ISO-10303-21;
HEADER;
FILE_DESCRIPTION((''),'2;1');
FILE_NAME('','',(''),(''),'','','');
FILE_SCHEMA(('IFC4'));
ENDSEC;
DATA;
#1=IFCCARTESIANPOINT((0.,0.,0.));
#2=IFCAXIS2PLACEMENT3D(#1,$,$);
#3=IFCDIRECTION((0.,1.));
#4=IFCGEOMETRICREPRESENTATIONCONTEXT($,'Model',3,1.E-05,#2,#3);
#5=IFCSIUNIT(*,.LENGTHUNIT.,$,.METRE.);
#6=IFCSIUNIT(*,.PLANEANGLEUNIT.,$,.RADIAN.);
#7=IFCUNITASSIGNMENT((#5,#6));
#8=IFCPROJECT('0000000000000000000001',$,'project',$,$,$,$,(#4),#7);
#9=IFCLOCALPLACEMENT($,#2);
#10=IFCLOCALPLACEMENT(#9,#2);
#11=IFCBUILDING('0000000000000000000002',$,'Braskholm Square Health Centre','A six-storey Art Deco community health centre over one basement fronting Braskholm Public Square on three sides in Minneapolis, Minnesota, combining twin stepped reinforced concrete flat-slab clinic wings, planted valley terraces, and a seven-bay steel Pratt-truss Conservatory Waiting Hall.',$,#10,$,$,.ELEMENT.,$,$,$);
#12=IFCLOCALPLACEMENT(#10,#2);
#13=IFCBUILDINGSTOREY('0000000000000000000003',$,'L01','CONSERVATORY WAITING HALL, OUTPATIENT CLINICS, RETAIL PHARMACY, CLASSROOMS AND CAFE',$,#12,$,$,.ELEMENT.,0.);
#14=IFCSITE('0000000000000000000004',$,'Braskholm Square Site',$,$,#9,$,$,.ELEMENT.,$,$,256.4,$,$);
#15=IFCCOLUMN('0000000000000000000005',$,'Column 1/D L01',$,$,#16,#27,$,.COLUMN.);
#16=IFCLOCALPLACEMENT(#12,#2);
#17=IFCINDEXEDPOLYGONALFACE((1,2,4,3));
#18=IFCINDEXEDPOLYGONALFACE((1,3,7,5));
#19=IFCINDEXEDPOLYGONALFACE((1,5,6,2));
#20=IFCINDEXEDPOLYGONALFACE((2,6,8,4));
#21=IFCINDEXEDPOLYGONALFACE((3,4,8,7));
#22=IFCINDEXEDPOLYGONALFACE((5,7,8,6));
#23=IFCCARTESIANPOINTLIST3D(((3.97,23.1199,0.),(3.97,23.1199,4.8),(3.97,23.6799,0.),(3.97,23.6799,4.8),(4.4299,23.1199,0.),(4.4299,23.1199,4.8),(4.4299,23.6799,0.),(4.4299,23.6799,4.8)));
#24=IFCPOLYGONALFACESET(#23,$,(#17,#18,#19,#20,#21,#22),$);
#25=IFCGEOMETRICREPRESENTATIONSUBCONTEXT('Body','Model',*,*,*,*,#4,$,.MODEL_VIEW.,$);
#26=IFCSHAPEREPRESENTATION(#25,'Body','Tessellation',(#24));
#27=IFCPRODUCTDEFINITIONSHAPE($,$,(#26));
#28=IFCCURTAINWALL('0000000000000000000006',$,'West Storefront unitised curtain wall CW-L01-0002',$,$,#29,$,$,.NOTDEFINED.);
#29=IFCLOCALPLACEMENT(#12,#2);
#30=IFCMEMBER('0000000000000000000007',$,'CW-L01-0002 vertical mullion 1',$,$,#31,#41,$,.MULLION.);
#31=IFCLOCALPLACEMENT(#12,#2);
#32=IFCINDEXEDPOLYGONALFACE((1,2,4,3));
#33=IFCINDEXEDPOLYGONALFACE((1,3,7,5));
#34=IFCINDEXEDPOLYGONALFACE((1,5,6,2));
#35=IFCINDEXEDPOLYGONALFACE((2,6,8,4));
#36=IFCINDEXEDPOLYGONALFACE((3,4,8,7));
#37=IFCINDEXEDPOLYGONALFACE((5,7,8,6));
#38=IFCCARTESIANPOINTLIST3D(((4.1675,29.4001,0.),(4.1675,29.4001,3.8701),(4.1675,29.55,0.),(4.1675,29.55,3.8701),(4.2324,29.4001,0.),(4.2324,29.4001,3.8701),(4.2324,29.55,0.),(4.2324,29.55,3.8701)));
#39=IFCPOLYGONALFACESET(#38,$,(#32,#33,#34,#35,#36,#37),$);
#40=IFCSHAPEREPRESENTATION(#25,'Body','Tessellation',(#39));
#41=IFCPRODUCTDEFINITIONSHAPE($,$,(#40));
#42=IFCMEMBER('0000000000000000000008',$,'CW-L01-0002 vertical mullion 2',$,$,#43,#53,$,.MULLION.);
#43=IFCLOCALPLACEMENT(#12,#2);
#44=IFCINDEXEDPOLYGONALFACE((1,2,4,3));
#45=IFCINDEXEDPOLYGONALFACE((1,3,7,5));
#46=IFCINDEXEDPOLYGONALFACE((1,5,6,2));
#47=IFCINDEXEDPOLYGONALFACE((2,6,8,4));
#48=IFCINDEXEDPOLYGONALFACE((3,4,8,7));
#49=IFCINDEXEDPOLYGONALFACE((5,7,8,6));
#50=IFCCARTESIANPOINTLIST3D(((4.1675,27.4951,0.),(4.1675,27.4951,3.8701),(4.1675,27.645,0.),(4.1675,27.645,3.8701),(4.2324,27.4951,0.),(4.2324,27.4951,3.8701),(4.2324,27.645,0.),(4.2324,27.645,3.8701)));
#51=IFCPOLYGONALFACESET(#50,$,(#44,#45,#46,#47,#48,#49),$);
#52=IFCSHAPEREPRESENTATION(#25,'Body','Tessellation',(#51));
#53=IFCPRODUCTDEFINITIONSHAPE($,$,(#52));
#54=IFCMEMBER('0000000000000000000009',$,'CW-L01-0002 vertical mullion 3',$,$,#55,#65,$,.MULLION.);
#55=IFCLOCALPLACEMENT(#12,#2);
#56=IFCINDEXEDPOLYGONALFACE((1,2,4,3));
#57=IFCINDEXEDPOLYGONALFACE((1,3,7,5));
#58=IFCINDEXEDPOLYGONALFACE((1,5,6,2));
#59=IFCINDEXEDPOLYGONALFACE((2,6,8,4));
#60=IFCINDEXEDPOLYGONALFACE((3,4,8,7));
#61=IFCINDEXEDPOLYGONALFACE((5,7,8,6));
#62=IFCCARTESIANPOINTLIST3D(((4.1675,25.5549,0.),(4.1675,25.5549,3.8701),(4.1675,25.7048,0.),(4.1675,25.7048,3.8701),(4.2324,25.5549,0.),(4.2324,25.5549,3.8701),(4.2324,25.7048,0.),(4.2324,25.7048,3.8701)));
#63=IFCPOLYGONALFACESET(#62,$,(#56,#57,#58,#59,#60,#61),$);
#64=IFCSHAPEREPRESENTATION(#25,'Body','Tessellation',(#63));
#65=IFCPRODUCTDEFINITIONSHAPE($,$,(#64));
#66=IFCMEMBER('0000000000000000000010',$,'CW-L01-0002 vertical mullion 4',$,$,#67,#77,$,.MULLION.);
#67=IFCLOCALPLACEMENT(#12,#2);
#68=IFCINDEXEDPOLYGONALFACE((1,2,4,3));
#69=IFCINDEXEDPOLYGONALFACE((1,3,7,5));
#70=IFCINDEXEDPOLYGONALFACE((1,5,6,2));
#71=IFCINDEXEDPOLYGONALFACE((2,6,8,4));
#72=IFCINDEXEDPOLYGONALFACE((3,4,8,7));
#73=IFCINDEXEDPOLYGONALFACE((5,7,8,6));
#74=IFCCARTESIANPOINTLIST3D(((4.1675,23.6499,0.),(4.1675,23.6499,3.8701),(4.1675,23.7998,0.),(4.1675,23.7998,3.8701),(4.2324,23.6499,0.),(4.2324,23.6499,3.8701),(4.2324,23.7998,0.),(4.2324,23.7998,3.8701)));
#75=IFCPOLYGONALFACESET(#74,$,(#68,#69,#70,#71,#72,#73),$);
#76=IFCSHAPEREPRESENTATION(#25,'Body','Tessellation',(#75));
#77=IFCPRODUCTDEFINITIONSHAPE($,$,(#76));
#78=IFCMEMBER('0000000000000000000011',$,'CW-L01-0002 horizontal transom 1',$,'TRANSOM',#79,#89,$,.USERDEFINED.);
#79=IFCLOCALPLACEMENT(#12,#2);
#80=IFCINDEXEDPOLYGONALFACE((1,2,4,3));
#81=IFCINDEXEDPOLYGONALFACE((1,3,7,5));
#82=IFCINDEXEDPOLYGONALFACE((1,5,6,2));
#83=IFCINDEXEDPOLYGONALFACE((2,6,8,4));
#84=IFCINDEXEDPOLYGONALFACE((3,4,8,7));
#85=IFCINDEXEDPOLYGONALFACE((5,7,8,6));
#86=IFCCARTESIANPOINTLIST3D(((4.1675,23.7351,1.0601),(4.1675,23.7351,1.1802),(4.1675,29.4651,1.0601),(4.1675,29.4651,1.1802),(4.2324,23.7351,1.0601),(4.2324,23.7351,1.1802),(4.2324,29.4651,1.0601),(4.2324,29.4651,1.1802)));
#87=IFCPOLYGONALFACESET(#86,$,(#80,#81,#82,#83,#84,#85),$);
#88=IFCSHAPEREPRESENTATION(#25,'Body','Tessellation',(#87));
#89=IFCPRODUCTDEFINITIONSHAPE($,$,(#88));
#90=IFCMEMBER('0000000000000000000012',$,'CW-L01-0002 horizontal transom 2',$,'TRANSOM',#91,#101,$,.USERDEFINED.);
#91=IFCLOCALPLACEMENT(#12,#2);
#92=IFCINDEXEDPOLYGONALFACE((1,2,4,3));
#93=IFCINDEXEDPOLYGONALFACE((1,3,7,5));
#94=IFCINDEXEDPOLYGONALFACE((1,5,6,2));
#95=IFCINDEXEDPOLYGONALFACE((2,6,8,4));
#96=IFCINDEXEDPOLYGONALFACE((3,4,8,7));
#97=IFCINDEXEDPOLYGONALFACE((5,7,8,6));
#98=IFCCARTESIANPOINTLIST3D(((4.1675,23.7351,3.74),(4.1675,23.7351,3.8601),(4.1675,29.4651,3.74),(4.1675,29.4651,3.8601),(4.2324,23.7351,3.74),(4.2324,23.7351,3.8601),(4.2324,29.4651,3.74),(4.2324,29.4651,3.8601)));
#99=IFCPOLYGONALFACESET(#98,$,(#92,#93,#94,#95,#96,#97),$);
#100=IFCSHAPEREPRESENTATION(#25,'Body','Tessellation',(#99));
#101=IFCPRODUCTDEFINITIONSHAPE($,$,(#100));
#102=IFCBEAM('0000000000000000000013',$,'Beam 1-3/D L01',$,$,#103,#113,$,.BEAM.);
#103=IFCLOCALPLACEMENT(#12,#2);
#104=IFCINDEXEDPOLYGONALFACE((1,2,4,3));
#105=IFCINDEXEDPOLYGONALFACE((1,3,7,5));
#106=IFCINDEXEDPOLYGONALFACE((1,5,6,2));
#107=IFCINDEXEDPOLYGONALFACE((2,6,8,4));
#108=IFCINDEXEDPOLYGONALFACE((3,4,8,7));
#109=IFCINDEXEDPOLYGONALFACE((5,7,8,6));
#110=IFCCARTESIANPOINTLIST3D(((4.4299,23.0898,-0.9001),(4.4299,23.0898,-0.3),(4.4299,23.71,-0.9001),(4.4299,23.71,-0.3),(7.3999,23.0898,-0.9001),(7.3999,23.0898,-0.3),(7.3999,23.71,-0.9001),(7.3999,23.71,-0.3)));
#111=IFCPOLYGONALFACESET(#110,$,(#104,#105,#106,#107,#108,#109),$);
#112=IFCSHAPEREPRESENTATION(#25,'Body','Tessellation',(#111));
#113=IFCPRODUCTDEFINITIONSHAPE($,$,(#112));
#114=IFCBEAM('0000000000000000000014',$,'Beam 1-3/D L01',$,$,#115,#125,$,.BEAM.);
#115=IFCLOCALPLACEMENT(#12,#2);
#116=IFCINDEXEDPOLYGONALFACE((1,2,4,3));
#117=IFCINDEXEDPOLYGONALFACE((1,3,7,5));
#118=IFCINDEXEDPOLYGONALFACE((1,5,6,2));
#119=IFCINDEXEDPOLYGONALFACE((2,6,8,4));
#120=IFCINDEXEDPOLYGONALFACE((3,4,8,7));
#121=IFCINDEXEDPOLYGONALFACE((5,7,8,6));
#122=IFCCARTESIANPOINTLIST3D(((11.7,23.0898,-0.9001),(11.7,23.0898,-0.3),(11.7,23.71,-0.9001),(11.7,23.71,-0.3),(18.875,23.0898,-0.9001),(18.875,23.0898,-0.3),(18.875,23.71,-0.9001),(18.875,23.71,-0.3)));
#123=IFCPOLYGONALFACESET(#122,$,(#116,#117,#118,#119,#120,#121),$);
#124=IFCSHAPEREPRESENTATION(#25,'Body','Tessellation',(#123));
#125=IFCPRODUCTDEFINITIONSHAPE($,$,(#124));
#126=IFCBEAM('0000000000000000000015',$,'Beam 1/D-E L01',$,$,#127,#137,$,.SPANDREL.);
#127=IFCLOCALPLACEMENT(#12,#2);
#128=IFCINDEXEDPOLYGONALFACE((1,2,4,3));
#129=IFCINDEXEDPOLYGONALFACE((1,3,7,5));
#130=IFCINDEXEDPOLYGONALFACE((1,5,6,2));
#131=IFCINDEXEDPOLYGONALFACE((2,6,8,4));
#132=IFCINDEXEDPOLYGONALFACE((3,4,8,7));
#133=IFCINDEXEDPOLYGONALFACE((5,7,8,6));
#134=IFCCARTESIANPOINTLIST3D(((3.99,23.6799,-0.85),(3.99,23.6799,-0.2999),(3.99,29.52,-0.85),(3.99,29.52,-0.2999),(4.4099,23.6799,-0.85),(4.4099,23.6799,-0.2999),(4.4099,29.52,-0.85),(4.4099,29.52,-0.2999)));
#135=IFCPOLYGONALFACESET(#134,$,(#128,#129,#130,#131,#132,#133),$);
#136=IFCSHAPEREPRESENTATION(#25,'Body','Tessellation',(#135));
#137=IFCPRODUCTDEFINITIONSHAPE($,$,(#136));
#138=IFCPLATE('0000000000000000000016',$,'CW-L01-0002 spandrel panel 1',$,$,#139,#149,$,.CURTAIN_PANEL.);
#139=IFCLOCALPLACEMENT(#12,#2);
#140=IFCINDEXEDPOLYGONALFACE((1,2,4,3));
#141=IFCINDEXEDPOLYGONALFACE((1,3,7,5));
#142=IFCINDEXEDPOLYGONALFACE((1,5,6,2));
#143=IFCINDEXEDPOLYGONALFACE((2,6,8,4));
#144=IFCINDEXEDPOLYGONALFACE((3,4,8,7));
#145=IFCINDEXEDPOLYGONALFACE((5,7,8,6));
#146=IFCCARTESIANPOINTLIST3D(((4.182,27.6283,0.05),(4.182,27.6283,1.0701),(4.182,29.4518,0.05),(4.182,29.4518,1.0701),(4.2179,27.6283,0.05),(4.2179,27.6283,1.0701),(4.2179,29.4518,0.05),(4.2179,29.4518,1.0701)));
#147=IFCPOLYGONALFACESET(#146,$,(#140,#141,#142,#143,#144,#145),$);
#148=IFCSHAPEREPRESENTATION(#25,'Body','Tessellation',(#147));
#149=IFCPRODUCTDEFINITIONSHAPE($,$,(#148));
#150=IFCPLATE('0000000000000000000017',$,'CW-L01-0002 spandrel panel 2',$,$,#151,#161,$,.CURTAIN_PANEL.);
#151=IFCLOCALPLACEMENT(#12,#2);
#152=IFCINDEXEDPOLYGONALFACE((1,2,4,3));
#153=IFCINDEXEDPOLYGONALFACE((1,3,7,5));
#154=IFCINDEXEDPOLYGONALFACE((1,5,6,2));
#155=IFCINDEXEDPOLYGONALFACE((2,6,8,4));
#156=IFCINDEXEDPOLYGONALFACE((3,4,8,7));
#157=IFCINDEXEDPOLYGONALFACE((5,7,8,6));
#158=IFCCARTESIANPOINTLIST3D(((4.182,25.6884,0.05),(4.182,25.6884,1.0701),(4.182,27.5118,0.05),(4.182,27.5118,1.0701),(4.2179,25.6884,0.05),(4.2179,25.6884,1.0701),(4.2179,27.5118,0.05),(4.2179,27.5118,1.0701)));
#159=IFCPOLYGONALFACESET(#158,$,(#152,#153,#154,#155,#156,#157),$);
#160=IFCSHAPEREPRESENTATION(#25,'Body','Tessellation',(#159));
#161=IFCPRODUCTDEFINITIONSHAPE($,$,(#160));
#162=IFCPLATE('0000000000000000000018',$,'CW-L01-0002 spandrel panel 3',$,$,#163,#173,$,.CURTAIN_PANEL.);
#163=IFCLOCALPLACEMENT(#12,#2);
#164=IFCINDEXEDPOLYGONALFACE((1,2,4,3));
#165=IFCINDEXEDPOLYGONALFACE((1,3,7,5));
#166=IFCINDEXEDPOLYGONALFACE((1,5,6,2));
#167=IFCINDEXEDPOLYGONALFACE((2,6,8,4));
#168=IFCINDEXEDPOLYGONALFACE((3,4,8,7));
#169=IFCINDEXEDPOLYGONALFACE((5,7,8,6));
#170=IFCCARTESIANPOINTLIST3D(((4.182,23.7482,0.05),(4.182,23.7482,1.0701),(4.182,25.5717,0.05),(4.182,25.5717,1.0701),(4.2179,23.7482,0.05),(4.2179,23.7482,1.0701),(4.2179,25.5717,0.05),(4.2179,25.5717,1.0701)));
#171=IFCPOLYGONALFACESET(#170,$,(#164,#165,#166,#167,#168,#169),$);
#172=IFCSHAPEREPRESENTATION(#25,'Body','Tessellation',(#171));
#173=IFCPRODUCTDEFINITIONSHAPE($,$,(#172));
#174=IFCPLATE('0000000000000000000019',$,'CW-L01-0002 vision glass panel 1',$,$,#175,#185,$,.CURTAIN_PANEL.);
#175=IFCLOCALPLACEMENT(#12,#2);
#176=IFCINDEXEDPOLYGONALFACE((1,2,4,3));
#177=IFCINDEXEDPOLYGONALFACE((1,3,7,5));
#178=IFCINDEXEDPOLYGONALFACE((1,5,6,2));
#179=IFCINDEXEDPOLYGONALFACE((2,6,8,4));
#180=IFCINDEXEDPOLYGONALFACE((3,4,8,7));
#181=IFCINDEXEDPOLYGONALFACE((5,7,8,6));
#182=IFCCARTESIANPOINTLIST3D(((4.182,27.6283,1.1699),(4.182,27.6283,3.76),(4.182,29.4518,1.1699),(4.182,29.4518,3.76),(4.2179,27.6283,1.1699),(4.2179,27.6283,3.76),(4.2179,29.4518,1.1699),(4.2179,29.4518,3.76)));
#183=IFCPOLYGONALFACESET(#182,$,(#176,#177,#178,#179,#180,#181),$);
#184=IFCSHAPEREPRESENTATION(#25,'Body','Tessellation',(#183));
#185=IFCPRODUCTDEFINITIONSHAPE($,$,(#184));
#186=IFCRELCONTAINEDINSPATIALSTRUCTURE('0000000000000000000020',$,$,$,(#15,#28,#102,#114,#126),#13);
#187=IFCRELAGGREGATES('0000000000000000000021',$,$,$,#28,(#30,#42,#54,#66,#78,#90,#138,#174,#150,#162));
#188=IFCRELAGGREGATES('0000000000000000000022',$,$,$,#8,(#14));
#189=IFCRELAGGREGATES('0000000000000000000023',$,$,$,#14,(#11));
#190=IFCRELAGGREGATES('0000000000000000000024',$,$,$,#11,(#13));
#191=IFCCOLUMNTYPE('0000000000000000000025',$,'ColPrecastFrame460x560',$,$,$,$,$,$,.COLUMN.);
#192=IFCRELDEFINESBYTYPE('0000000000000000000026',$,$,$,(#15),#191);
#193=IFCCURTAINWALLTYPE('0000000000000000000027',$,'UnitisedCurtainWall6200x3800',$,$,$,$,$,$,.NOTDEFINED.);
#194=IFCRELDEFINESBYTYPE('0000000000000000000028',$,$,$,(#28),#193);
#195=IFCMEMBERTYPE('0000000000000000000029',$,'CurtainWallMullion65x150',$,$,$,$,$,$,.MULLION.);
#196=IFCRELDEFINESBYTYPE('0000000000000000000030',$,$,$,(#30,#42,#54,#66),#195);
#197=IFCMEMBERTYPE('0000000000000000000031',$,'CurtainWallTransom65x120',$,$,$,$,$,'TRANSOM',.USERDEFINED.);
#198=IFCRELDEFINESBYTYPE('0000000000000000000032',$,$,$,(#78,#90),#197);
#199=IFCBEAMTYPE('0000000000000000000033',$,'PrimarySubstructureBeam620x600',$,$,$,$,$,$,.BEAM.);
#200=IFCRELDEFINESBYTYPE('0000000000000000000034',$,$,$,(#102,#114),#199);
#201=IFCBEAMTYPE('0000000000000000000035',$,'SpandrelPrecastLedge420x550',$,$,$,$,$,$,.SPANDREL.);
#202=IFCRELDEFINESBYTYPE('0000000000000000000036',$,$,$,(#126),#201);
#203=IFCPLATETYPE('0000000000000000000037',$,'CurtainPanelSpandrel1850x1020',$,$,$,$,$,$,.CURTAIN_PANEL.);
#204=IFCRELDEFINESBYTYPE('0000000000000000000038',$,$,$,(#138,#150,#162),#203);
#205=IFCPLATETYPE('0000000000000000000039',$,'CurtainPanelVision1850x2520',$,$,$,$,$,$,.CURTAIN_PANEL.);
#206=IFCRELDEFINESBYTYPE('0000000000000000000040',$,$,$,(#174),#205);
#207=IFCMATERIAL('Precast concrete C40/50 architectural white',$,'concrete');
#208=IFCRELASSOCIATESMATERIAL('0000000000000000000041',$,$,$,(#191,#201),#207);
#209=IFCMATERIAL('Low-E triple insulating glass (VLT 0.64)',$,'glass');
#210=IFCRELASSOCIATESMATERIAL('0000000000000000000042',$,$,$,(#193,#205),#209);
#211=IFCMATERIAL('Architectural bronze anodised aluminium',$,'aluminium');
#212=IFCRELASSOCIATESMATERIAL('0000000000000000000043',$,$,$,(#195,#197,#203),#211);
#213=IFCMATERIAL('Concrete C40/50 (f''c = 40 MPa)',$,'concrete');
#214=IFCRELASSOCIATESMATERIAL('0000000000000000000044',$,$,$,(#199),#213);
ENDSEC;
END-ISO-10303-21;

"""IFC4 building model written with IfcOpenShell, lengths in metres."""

from ifc_helpers import new_model, si_unit, direction, frame, origin, origin_2d, place, context, subcontext, project, spatial, rectangle, extrude, material, material_profile, profile_set, type_object, element, aggregate, save


model = new_model("IFC4")

# Units and contexts
model_context = context("Model", 3, precision=1e-05, world=origin(), true_north=direction((0.0, 1.0)))
body_context = subcontext(model_context, "Body", "Model", "MODEL_VIEW")
ifc_project = project(units=[si_unit("LENGTHUNIT", "METRE"), si_unit("PLANEANGLEUNIT", "RADIAN")], contexts=[model_context])

# Site, building, storey
site_placement = place(None, origin())
site = spatial("IfcSite", under=ifc_project, at=site_placement, Name="Braskholm Square Site", CompositionType="ELEMENT", RefElevation=256.4)
building_placement = place(site_placement, origin())
building = spatial("IfcBuilding", under=site, at=building_placement, Name="Braskholm Square Health Centre", Description="A six-storey Art Deco community health centre over one basement fronting Braskholm Public Square on three sides in Minneapolis, Minnesota, combining twin stepped reinforced concrete flat-slab clinic wings, planted valley terraces, and a seven-bay steel Pratt-truss Conservatory Waiting Hall.", CompositionType="ELEMENT")
storey_placement = place(building_placement, origin())
storey = spatial("IfcBuildingStorey", under=building, at=storey_placement, Name="L01", Description="CONSERVATORY WAITING HALL, OUTPATIENT CLINICS, RETAIL PHARMACY, CLASSROOMS AND CAFE", CompositionType="ELEMENT", Elevation=0.0)

# Column
ifc_material_1 = material(Name="Precast concrete C40/50 architectural white", Category="concrete")
ifc_material_profile_1 = material_profile(ifc_material_1, rectangle(XDim=0.46, YDim=0.5601, at=origin_2d()), Name="RC-460X560")
ifc_profile_set_1 = profile_set([ifc_material_profile_1], Name="Precast concrete C40/50 architectural white")
column_type = type_object("IfcColumnType", Name="ColPrecastFrame460x560", PredefinedType="COLUMN", material=ifc_profile_set_1)
column_placement = place(storey_placement, frame((4.2, 23.3999, 0.0), z_axis=(0.0, 0.0, 1.0), x_axis=(1.0, 0.0, 0.0)))
element("IfcColumn", 1, at=column_placement, inside=storey, type_object=column_type, Name="Column 1/D L01", PredefinedType="COLUMN", context=body_context, shape_type="SweptSolid", body=[
    extrude(rectangle(XDim=0.46, YDim=0.5601, at=origin_2d()), origin(), (0.0, 0.0, 1.0), 4.8),
])

# Curtain wall, members
ifc_material_2 = material(Name="Low-E triple insulating glass (VLT 0.64)", Category="glass")
curtain_wall_type = type_object("IfcCurtainWallType", Name="UnitisedCurtainWall6200x3800", PredefinedType="NOTDEFINED", material=ifc_material_2)
curtain_wall_placement = place(storey_placement, origin())
curtain_wall = element("IfcCurtainWall", 2, at=curtain_wall_placement, inside=storey, type_object=curtain_wall_type, Name="West Storefront unitised curtain wall CW-L01-0002", PredefinedType="NOTDEFINED")
ifc_material_3 = material(Name="Architectural bronze anodised aluminium", Category="aluminium")
ifc_material_profile_2 = material_profile(ifc_material_3, rectangle(XDim=0.0649, YDim=0.1499, at=origin_2d()), Name="ALU-65X150")
ifc_profile_set_2 = profile_set([ifc_material_profile_2], Name="Architectural bronze anodised aluminium")
member_type_1 = type_object("IfcMemberType", Name="CurtainWallMullion65x150", PredefinedType="MULLION", material=ifc_profile_set_2)
member_1_placement = place(storey_placement, frame((4.2, 29.4751, 0.0), z_axis=(0.0, 0.0, 1.0), x_axis=(1.0, 0.0, 0.0)))
member_1 = element("IfcMember", 3, at=member_1_placement, type_object=member_type_1, Name="CW-L01-0002 vertical mullion 1", PredefinedType="MULLION", context=body_context, shape_type="SweptSolid", body=[
    extrude(rectangle(XDim=0.0649, YDim=0.1499, at=origin_2d()), origin(), (0.0, 0.0, 1.0), 3.8701),
])
member_2_placement = place(storey_placement, frame((4.2, 27.5701, 0.0), z_axis=(0.0, 0.0, 1.0), x_axis=(1.0, 0.0, 0.0)))
member_2 = element("IfcMember", 4, at=member_2_placement, type_object=member_type_1, Name="CW-L01-0002 vertical mullion 2", PredefinedType="MULLION", context=body_context, shape_type="SweptSolid", body=[
    extrude(rectangle(XDim=0.0649, YDim=0.1499, at=origin_2d()), origin(), (0.0, 0.0, 1.0), 3.8701),
])
member_3_placement = place(storey_placement, frame((4.2, 25.6299, 0.0), z_axis=(0.0, 0.0, 1.0), x_axis=(1.0, 0.0, 0.0)))
member_3 = element("IfcMember", 5, at=member_3_placement, type_object=member_type_1, Name="CW-L01-0002 vertical mullion 3", PredefinedType="MULLION", context=body_context, shape_type="SweptSolid", body=[
    extrude(rectangle(XDim=0.0649, YDim=0.1499, at=origin_2d()), origin(), (0.0, 0.0, 1.0), 3.8701),
])
member_4_placement = place(storey_placement, frame((4.2, 23.7249, 0.0), z_axis=(0.0, 0.0, 1.0), x_axis=(1.0, 0.0, 0.0)))
member_4 = element("IfcMember", 6, at=member_4_placement, type_object=member_type_1, Name="CW-L01-0002 vertical mullion 4", PredefinedType="MULLION", context=body_context, shape_type="SweptSolid", body=[
    extrude(rectangle(XDim=0.0649, YDim=0.1499, at=origin_2d()), origin(), (0.0, 0.0, 1.0), 3.8701),
])
ifc_material_profile_3 = material_profile(ifc_material_3, rectangle(XDim=0.0649, YDim=0.1201, at=origin_2d()), Name="ALU-65X120")
ifc_profile_set_3 = profile_set([ifc_material_profile_3], Name="Architectural bronze anodised aluminium")
member_type_2 = type_object("IfcMemberType", Name="CurtainWallTransom65x120", ElementType="TRANSOM", PredefinedType="USERDEFINED", material=ifc_profile_set_3)
member_5_placement = place(storey_placement, frame((4.2, 29.4651, 1.1201), z_axis=(0.0, -1.0, 0.0), x_axis=(1.0, 0.0, 0.0)))
member_5 = element("IfcMember", 7, at=member_5_placement, type_object=member_type_2, Name="CW-L01-0002 horizontal transom 1", ObjectType="TRANSOM", PredefinedType="USERDEFINED", context=body_context, shape_type="SweptSolid", body=[
    extrude(rectangle(XDim=0.0649, YDim=0.1201, at=origin_2d()), origin(), (0.0, 0.0, 1.0), 5.73),
])
member_6_placement = place(storey_placement, frame((4.2, 29.4651, 3.8), z_axis=(0.0, -1.0, 0.0), x_axis=(1.0, 0.0, 0.0)))
member_6 = element("IfcMember", 8, at=member_6_placement, type_object=member_type_2, Name="CW-L01-0002 horizontal transom 2", ObjectType="TRANSOM", PredefinedType="USERDEFINED", context=body_context, shape_type="SweptSolid", body=[
    extrude(rectangle(XDim=0.0649, YDim=0.1201, at=origin_2d()), origin(), (0.0, 0.0, 1.0), 5.73),
])

# Beams
ifc_material_4 = material(Name="Concrete C40/50 (f'c = 40 MPa)", Category="concrete")
ifc_material_profile_4 = material_profile(ifc_material_4, rectangle(XDim=0.6201, YDim=0.6001, at=origin_2d()), Name="RCB-620X600")
ifc_profile_set_4 = profile_set([ifc_material_profile_4], Name="Concrete C40/50 (f'c = 40 MPa)")
beam_type_1 = type_object("IfcBeamType", Name="PrimarySubstructureBeam620x600", PredefinedType="BEAM", material=ifc_profile_set_4)
beam_1_placement = place(storey_placement, frame((4.4299, 23.3999, -0.6001), z_axis=(1.0, 0.0, 0.0), x_axis=(0.0, 1.0, 0.0)))
element("IfcBeam", 9, at=beam_1_placement, inside=storey, type_object=beam_type_1, Name="Beam 1-3/D L01", PredefinedType="BEAM", context=body_context, shape_type="SweptSolid", body=[
    extrude(rectangle(XDim=0.6201, YDim=0.6001, at=origin_2d()), origin(), (0.0, 0.0, 1.0), 2.97),
])
beam_2_placement = place(storey_placement, frame((11.7, 23.3999, -0.6001), z_axis=(1.0, 0.0, 0.0), x_axis=(0.0, 1.0, 0.0)))
element("IfcBeam", 10, at=beam_2_placement, inside=storey, type_object=beam_type_1, Name="Beam 1-3/D L01", PredefinedType="BEAM", context=body_context, shape_type="SweptSolid", body=[
    extrude(rectangle(XDim=0.6201, YDim=0.6001, at=origin_2d()), origin(), (0.0, 0.0, 1.0), 7.175),
])
ifc_material_profile_5 = material_profile(ifc_material_1, rectangle(XDim=0.4199, YDim=0.55, at=origin_2d()), Name="RCB-420X550")
ifc_profile_set_5 = profile_set([ifc_material_profile_5], Name="Precast concrete C40/50 architectural white")
beam_type_2 = type_object("IfcBeamType", Name="SpandrelPrecastLedge420x550", PredefinedType="SPANDREL", material=ifc_profile_set_5)
beam_3_placement = place(storey_placement, frame((4.2, 23.6799, -0.575), z_axis=(0.0, 1.0, 0.0), x_axis=(-1.0, 0.0, 0.0)))
element("IfcBeam", 11, at=beam_3_placement, inside=storey, type_object=beam_type_2, Name="Beam 1/D-E L01", PredefinedType="SPANDREL", context=body_context, shape_type="SweptSolid", body=[
    extrude(rectangle(XDim=0.4199, YDim=0.55, at=origin_2d()), origin(), (0.0, 0.0, 1.0), 5.8401),
])

# Plates
plate_type_1 = type_object("IfcPlateType", Name="CurtainPanelSpandrel1850x1020", PredefinedType="CURTAIN_PANEL", material=ifc_material_3)
plate_1_placement = place(storey_placement, frame((4.2, 28.54, 0.05), z_axis=(0.0, 0.0, 1.0), x_axis=(0.0, -1.0, 0.0)))
plate_1 = element("IfcPlate", 12, at=plate_1_placement, type_object=plate_type_1, Name="CW-L01-0002 spandrel panel 1", PredefinedType="CURTAIN_PANEL", context=body_context, shape_type="SweptSolid", body=[
    extrude(rectangle(XDim=1.8235, YDim=0.0359, at=origin_2d()), origin(), (0.0, 0.0, 1.0), 1.02),
])
plate_2_placement = place(storey_placement, frame((4.2, 26.6001, 0.05), z_axis=(0.0, 0.0, 1.0), x_axis=(0.0, -1.0, 0.0)))
plate_2 = element("IfcPlate", 13, at=plate_2_placement, type_object=plate_type_1, Name="CW-L01-0002 spandrel panel 2", PredefinedType="CURTAIN_PANEL", context=body_context, shape_type="SweptSolid", body=[
    extrude(rectangle(XDim=1.8235, YDim=0.0359, at=origin_2d()), origin(), (0.0, 0.0, 1.0), 1.02),
])
plate_3_placement = place(storey_placement, frame((4.2, 24.6599, 0.05), z_axis=(0.0, 0.0, 1.0), x_axis=(0.0, -1.0, 0.0)))
plate_3 = element("IfcPlate", 14, at=plate_3_placement, type_object=plate_type_1, Name="CW-L01-0002 spandrel panel 3", PredefinedType="CURTAIN_PANEL", context=body_context, shape_type="SweptSolid", body=[
    extrude(rectangle(XDim=1.8235, YDim=0.0359, at=origin_2d()), origin(), (0.0, 0.0, 1.0), 1.02),
])
plate_type_2 = type_object("IfcPlateType", Name="CurtainPanelVision1850x2520", PredefinedType="CURTAIN_PANEL", material=ifc_material_2)
plate_4_placement = place(storey_placement, frame((4.2, 28.54, 1.1699), z_axis=(0.0, 0.0, 1.0), x_axis=(0.0, -1.0, 0.0)))
plate_4 = element("IfcPlate", 15, at=plate_4_placement, type_object=plate_type_2, Name="CW-L01-0002 vision glass panel 1", PredefinedType="CURTAIN_PANEL", context=body_context, shape_type="SweptSolid", body=[
    extrude(rectangle(XDim=1.8235, YDim=0.0359, at=origin_2d()), origin(), (0.0, 0.0, 1.0), 2.5901),
])
aggregate(curtain_wall, [member_1, member_2, member_3, member_4, member_5, member_6, plate_1, plate_4, plate_2, plate_3])

save(model, "model.ifc")
